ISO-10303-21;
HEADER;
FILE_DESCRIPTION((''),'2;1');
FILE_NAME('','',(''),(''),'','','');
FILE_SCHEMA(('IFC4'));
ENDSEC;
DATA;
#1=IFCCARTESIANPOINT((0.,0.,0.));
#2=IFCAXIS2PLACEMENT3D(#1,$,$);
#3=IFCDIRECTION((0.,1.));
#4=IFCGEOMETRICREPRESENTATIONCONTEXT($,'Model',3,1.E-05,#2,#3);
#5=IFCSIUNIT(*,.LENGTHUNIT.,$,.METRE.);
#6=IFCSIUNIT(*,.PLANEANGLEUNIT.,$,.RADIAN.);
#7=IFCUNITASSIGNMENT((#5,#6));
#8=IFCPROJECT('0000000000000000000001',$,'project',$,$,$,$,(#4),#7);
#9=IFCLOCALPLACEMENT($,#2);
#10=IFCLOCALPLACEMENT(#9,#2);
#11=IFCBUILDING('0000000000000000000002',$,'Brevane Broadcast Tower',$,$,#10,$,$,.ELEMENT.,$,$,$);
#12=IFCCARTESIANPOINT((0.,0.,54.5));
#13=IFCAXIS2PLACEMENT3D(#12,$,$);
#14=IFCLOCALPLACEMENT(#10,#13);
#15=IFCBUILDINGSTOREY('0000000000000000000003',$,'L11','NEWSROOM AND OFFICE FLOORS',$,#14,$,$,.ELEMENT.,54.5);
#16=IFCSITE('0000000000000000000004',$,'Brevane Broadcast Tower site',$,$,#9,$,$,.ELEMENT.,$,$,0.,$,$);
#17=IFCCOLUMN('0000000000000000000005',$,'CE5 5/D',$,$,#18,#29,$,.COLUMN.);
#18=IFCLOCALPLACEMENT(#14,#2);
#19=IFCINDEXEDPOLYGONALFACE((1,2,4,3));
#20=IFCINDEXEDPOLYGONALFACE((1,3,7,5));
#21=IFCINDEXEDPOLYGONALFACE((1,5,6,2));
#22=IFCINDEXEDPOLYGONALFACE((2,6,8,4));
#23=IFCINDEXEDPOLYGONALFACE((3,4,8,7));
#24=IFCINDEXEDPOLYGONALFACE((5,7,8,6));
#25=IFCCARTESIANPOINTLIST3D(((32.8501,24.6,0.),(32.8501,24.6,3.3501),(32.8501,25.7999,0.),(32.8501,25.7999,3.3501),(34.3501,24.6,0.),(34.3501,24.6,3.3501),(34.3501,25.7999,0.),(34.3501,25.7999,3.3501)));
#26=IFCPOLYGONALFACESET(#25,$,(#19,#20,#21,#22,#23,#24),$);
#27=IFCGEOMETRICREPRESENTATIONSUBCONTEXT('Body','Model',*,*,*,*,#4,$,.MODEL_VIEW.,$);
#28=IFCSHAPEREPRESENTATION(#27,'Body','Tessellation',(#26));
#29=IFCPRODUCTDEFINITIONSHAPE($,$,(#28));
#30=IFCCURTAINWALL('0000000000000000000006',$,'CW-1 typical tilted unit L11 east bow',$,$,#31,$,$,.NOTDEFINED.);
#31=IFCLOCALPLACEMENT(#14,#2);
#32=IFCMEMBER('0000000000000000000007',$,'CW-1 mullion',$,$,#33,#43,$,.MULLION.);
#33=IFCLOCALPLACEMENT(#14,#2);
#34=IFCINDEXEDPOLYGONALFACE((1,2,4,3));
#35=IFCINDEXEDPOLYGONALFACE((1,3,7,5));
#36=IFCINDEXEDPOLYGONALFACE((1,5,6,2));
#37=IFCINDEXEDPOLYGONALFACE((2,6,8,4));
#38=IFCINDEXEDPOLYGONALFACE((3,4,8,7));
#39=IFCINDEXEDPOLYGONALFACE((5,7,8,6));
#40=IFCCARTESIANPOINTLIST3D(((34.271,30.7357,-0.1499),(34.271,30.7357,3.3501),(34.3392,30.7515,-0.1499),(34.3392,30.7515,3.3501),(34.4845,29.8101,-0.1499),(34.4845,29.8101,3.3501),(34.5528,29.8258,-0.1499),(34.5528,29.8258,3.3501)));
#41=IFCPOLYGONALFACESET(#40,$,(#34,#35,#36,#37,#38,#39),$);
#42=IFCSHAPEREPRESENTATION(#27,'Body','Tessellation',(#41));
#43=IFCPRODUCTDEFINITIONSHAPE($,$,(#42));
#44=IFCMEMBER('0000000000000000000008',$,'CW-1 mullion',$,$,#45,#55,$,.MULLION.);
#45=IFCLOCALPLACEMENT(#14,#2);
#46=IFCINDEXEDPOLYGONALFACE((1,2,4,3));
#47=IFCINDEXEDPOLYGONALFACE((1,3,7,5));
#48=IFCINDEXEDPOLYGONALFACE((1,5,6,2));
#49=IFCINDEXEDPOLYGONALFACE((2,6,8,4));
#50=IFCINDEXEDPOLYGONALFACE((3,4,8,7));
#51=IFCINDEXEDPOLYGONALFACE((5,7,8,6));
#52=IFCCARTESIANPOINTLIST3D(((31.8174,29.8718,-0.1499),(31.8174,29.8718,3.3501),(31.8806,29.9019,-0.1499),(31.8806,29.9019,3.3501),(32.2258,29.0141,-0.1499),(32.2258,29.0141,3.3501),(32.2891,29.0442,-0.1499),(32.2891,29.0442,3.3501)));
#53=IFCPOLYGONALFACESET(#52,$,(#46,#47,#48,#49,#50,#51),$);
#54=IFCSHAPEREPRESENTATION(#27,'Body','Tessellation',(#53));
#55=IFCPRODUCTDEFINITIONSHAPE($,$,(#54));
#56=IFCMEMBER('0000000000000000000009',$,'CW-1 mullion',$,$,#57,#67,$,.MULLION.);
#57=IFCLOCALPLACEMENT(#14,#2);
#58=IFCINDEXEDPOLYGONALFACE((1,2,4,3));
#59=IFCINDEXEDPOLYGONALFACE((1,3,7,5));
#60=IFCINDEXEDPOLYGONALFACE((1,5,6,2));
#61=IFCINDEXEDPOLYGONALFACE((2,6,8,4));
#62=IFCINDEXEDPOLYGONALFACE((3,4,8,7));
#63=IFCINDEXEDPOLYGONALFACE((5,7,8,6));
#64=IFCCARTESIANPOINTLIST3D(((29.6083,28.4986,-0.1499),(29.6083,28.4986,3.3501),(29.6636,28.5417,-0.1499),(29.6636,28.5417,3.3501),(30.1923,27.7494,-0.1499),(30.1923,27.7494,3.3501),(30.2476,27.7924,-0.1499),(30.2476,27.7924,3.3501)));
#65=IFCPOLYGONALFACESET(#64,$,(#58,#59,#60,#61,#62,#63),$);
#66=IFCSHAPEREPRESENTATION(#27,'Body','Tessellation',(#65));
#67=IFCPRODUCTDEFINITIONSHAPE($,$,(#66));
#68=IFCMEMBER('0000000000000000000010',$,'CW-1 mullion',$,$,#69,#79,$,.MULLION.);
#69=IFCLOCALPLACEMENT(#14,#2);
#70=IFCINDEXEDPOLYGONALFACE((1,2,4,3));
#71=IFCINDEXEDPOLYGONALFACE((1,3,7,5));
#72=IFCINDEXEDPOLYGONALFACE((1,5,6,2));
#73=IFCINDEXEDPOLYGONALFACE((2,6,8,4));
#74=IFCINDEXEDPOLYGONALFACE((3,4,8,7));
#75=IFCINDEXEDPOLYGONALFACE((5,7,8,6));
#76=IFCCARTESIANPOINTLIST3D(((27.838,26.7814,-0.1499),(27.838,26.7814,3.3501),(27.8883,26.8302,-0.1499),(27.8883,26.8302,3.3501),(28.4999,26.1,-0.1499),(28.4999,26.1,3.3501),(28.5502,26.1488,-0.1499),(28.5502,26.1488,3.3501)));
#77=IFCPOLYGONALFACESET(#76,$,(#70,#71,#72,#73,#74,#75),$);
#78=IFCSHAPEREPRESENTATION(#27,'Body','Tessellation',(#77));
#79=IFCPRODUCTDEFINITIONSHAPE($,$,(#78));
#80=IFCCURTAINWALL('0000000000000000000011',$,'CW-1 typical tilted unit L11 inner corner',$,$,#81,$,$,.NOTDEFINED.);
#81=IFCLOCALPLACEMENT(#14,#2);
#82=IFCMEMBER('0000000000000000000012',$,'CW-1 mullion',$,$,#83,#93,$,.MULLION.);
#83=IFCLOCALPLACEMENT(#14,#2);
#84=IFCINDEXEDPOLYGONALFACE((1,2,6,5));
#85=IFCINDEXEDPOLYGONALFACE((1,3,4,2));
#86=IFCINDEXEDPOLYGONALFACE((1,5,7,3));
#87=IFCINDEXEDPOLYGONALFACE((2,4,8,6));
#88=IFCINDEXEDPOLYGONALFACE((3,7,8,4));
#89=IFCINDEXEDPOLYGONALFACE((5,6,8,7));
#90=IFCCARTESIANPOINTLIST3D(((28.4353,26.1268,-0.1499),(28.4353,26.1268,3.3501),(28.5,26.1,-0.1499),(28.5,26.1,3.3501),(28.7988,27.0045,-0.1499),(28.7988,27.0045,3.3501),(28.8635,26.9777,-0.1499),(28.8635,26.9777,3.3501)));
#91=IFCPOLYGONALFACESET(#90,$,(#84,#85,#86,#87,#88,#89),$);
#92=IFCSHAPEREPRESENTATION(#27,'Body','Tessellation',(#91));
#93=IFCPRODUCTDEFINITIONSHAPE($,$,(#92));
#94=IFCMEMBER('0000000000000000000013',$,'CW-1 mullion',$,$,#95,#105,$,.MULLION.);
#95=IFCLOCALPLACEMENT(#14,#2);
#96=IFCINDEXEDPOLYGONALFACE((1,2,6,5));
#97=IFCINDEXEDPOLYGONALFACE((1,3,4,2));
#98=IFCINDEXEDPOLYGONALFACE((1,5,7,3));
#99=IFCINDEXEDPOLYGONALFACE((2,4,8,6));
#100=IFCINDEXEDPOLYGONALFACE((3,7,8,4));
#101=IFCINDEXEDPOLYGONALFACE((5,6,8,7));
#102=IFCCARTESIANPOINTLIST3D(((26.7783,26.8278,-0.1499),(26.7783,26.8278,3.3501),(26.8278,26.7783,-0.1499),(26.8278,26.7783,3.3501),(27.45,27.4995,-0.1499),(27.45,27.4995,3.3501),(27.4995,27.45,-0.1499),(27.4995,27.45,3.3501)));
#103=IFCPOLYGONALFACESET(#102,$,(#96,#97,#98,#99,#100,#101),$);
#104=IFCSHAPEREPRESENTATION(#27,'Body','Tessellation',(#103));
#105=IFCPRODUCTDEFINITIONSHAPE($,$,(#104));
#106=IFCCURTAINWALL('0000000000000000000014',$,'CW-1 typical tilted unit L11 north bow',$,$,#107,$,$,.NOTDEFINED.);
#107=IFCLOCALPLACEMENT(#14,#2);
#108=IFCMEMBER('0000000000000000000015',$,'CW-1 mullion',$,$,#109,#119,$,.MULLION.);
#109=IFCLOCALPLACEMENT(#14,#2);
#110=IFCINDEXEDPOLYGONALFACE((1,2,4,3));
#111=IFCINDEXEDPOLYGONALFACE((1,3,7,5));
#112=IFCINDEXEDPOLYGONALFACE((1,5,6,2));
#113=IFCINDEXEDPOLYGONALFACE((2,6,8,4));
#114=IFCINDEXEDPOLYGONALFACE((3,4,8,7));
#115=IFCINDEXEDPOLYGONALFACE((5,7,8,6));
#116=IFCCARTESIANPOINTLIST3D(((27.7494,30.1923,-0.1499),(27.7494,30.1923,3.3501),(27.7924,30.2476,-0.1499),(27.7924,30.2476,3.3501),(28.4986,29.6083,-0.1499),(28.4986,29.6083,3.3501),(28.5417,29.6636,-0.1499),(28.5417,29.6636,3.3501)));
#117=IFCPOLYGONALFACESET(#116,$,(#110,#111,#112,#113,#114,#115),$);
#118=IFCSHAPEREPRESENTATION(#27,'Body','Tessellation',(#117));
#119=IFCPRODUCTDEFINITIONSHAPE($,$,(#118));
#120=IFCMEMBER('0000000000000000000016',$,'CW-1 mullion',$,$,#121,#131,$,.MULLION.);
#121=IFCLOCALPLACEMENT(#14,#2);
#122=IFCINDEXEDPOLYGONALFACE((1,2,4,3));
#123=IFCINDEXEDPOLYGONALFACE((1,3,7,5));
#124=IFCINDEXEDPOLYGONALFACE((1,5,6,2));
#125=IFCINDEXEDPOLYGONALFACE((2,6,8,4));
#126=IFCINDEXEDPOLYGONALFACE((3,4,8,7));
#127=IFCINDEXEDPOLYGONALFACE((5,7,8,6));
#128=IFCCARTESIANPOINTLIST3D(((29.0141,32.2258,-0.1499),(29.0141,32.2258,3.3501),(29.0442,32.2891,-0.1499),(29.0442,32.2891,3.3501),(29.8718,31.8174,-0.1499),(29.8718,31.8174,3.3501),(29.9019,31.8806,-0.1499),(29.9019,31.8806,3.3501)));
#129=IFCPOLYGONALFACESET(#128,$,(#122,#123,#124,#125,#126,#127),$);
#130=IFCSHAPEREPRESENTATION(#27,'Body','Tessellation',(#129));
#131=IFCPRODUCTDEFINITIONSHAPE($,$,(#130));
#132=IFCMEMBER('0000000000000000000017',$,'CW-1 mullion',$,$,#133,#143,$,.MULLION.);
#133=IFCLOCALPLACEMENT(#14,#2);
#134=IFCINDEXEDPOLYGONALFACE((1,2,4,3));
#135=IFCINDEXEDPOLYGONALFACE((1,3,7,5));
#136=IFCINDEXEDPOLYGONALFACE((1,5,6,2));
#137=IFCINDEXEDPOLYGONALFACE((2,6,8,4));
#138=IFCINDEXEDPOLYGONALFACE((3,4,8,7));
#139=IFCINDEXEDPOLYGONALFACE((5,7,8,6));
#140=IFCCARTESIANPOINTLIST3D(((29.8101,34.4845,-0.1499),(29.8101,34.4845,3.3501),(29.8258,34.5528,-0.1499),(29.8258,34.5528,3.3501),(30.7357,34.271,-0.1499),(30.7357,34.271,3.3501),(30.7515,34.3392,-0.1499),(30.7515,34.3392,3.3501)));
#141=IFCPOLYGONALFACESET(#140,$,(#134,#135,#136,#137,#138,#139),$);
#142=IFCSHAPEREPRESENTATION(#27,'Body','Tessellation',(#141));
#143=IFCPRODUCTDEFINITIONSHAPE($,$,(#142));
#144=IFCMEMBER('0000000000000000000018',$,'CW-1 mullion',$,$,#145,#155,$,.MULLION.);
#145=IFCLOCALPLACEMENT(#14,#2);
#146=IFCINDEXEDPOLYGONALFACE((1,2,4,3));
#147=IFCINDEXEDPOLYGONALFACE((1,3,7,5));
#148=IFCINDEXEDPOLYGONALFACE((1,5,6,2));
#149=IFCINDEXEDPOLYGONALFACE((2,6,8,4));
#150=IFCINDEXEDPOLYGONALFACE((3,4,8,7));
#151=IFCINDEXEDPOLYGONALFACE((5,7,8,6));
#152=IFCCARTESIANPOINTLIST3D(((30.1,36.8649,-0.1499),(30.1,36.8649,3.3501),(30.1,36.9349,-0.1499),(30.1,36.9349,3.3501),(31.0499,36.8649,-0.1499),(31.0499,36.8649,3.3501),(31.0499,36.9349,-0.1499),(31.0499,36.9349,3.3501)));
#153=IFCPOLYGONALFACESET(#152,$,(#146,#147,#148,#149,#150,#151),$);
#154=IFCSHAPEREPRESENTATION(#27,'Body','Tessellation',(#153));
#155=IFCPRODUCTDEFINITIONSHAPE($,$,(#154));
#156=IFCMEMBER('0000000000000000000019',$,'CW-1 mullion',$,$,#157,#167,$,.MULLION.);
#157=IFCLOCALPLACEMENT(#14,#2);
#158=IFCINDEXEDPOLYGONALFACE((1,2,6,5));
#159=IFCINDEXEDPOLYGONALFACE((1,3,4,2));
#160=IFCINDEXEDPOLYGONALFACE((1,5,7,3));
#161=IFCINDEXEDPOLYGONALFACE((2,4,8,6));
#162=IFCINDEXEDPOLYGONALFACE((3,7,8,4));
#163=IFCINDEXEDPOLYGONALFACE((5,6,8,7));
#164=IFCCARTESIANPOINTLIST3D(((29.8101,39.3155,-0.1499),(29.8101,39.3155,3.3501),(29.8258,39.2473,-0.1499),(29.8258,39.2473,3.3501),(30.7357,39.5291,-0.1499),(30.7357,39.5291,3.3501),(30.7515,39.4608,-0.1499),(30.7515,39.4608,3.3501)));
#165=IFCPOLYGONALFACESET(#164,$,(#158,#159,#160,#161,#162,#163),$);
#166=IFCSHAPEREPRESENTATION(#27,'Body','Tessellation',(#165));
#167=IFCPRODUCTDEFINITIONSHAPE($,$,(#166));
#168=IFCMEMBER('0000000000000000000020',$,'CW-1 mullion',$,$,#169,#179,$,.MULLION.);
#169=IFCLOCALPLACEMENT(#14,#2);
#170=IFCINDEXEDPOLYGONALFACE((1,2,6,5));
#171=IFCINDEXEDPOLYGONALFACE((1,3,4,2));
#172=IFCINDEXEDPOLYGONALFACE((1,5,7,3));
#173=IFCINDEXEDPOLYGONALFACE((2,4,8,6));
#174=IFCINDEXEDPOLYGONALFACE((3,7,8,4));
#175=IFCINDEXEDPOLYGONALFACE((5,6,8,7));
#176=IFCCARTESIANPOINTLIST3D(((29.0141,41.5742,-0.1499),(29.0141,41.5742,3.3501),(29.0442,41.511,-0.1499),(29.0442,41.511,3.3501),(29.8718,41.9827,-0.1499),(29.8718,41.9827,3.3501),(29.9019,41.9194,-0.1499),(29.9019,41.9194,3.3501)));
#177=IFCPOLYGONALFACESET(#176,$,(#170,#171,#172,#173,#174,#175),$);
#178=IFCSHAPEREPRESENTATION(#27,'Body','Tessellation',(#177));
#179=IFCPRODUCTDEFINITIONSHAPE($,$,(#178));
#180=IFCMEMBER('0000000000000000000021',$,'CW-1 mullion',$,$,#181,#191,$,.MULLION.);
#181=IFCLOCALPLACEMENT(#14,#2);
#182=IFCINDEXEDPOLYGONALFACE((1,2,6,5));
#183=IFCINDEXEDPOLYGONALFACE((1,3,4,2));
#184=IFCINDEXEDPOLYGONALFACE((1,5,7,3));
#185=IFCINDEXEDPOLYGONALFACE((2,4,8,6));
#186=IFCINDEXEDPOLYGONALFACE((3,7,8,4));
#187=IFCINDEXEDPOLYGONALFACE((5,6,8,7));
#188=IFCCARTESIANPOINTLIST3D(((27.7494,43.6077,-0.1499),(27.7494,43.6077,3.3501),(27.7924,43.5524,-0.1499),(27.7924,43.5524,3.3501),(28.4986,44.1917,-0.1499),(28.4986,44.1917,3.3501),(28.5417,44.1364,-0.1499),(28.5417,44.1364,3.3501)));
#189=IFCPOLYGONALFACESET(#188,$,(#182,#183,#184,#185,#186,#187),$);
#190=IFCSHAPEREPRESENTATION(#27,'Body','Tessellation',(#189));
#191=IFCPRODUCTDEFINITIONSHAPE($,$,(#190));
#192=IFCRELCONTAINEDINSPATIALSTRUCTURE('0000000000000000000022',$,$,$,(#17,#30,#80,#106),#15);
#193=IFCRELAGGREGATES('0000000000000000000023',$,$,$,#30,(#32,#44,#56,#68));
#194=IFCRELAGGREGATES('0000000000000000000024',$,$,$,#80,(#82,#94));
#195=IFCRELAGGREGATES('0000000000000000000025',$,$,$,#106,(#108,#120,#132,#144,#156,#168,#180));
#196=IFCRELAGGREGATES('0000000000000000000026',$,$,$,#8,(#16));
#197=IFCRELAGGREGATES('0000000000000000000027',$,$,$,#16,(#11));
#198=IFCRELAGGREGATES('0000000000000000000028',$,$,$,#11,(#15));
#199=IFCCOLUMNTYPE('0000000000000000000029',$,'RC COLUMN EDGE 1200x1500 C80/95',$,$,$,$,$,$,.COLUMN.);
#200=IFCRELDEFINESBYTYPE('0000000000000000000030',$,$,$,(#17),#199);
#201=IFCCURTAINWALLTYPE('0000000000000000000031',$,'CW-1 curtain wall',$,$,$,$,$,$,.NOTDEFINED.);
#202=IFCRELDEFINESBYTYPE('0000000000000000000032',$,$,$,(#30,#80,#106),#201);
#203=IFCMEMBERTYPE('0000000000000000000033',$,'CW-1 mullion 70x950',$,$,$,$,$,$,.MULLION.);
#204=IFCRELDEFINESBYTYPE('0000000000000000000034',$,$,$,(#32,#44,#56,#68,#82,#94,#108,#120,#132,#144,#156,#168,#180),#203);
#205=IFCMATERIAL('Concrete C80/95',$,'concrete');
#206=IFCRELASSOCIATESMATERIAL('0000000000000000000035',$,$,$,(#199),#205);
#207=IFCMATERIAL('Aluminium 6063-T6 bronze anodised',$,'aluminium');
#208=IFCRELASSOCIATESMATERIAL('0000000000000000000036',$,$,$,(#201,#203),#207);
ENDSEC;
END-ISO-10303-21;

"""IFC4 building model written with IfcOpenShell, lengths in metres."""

from ifc_helpers import new_model, si_unit, direction, frame, origin, origin_2d, place, context, subcontext, project, spatial, rectangle, extrude, material, material_profile, profile_set, type_object, element, aggregate, save


model = new_model("IFC4")

# Units and contexts
model_context = context("Model", 3, precision=1e-05, world=origin(), true_north=direction((0.0, 1.0)))
body_context = subcontext(model_context, "Body", "Model", "MODEL_VIEW")
ifc_project = project(units=[si_unit("LENGTHUNIT", "METRE"), si_unit("PLANEANGLEUNIT", "RADIAN")], contexts=[model_context])

# Site, building, storey
site_placement = place(None, origin())
site = spatial("IfcSite", under=ifc_project, at=site_placement, Name="Brevane Broadcast Tower site", CompositionType="ELEMENT", RefElevation=0.0)
building_placement = place(site_placement, origin())
building = spatial("IfcBuilding", under=site, at=building_placement, Name="Brevane Broadcast Tower", CompositionType="ELEMENT")
storey_placement = place(building_placement, frame((0.0, 0.0, 54.5)))
storey = spatial("IfcBuildingStorey", under=building, at=storey_placement, Name="L11", Description="NEWSROOM AND OFFICE FLOORS", CompositionType="ELEMENT", Elevation=54.5)

# Column
ifc_material_1 = material(Name="Concrete C80/95", Category="concrete")
ifc_material_profile_1 = material_profile(ifc_material_1, rectangle(XDim=1.2, YDim=1.5, at=origin_2d()), Name="RC 1200x1500")
ifc_profile_set_1 = profile_set([ifc_material_profile_1], Name="Concrete C80/95")
column_type = type_object("IfcColumnType", Name="RC COLUMN EDGE 1200x1500 C80/95", PredefinedType="COLUMN", material=ifc_profile_set_1)
column_placement = place(storey_placement, frame((33.6001, 25.2, 0.0), z_axis=(0.0, 0.0, 1.0), x_axis=(0.0, 1.0, 0.0)))
element("IfcColumn", 1, at=column_placement, inside=storey, type_object=column_type, Name="CE5 5/D", PredefinedType="COLUMN", context=body_context, shape_type="SweptSolid", body=[
    extrude(rectangle(XDim=1.2, YDim=1.5, at=origin_2d()), origin(), (0.0, 0.0, 1.0), 3.3501),
])

# Curtain walls, members
ifc_material_2 = material(Name="Aluminium 6063-T6 bronze anodised", Category="aluminium")
curtain_wall_type = type_object("IfcCurtainWallType", Name="CW-1 curtain wall", PredefinedType="NOTDEFINED", material=ifc_material_2)
curtain_wall_1_placement = place(storey_placement, origin())
curtain_wall_1 = element("IfcCurtainWall", 2, at=curtain_wall_1_placement, inside=storey, type_object=curtain_wall_type, Name="CW-1 typical tilted unit L11 east bow", PredefinedType="NOTDEFINED")
ifc_material_profile_2 = material_profile(ifc_material_2, rectangle(XDim=0.95, YDim=0.0701, at=origin_2d()), Name="RECT 70x950")
ifc_profile_set_2 = profile_set([ifc_material_profile_2], Name="Aluminium 6063-T6 bronze anodised")
member_type_1 = type_object("IfcMemberType", Name="CW-1 mullion 70x950", PredefinedType="MULLION", material=ifc_profile_set_2)
member_1_placement = place(storey_placement, frame((34.4119, 30.2808, -0.1499), z_axis=(0.0, 0.0, 1.0), x_axis=(0.224806, -0.974403, 0.0)))
member_1 = element("IfcMember", 3, at=member_1_placement, type_object=member_type_1, Name="CW-1 mullion", PredefinedType="MULLION", context=body_context, shape_type="SweptSolid", body=[
    extrude(rectangle(XDim=0.95, YDim=0.0701, at=origin_2d()), origin(), (0.0, 0.0, 1.0), 3.5),
])
member_2_placement = place(storey_placement, frame((32.0532, 29.458, -0.1499), z_axis=(0.0, 0.0, 1.0), x_axis=(0.429934, -0.902861, 0.0)))
member_2 = element("IfcMember", 4, at=member_2_placement, type_object=member_type_1, Name="CW-1 mullion", PredefinedType="MULLION", context=body_context, shape_type="SweptSolid", body=[
    extrude(rectangle(XDim=0.95, YDim=0.0701, at=origin_2d()), origin(), (0.0, 0.0, 1.0), 3.5),
])
member_3_placement = place(storey_placement, frame((29.928, 28.1455, -0.1499), z_axis=(0.0, 0.0, 1.0), x_axis=(0.61477, -0.788707, 0.0)))
member_3 = element("IfcMember", 5, at=member_3_placement, type_object=member_type_1, Name="CW-1 mullion", PredefinedType="MULLION", context=body_context, shape_type="SweptSolid", body=[
    extrude(rectangle(XDim=0.95, YDim=0.0701, at=origin_2d()), origin(), (0.0, 0.0, 1.0), 3.5),
])
member_4_placement = place(storey_placement, frame((28.1941, 26.4651, -0.1499), z_axis=(0.0, 0.0, 1.0), x_axis=(0.696812, -0.717254, 0.0)))
member_4 = element("IfcMember", 6, at=member_4_placement, type_object=member_type_1, Name="CW-1 mullion", PredefinedType="MULLION", context=body_context, shape_type="SweptSolid", body=[
    extrude(rectangle(XDim=0.95, YDim=0.0701, at=origin_2d()), origin(), (0.0, 0.0, 1.0), 3.5),
])
curtain_wall_2_placement = place(storey_placement, origin())
curtain_wall_2 = element("IfcCurtainWall", 7, at=curtain_wall_2_placement, inside=storey, type_object=curtain_wall_type, Name="CW-1 typical tilted unit L11 inner corner", PredefinedType="NOTDEFINED")
member_5_placement = place(storey_placement, frame((28.6494, 26.5522, -0.1499), z_axis=(0.0, 0.0, 1.0), x_axis=(-0.382684, -0.923879, 0.0)))
member_5 = element("IfcMember", 8, at=member_5_placement, type_object=member_type_1, Name="CW-1 mullion", PredefinedType="MULLION", context=body_context, shape_type="SweptSolid", body=[
    extrude(rectangle(XDim=0.95, YDim=0.0701, at=origin_2d()), origin(), (0.0, 0.0, 1.0), 3.5),
])
member_6_placement = place(storey_placement, frame((27.1389, 27.1389, -0.1499), z_axis=(0.0, 0.0, 1.0), x_axis=(-0.707107, -0.707107, 0.0)))
member_6 = element("IfcMember", 9, at=member_6_placement, type_object=member_type_1, Name="CW-1 mullion", PredefinedType="MULLION", context=body_context, shape_type="SweptSolid", body=[
    extrude(rectangle(XDim=0.95, YDim=0.0701, at=origin_2d()), origin(), (0.0, 0.0, 1.0), 3.5),
])
curtain_wall_3_placement = place(storey_placement, origin())
curtain_wall_3 = element("IfcCurtainWall", 10, at=curtain_wall_3_placement, inside=storey, type_object=curtain_wall_type, Name="CW-1 typical tilted unit L11 north bow", PredefinedType="NOTDEFINED")
member_7_placement = place(storey_placement, frame((28.1455, 29.928, -0.1499), z_axis=(0.0, 0.0, 1.0), x_axis=(-0.788707, 0.61477, 0.0)))
member_7 = element("IfcMember", 11, at=member_7_placement, type_object=member_type_1, Name="CW-1 mullion", PredefinedType="MULLION", context=body_context, shape_type="SweptSolid", body=[
    extrude(rectangle(XDim=0.95, YDim=0.0701, at=origin_2d()), origin(), (0.0, 0.0, 1.0), 3.5),
])
member_8_placement = place(storey_placement, frame((29.458, 32.0532, -0.1499), z_axis=(0.0, 0.0, 1.0), x_axis=(-0.902861, 0.429934, 0.0)))
member_8 = element("IfcMember", 12, at=member_8_placement, type_object=member_type_1, Name="CW-1 mullion", PredefinedType="MULLION", context=body_context, shape_type="SweptSolid", body=[
    extrude(rectangle(XDim=0.95, YDim=0.0701, at=origin_2d()), origin(), (0.0, 0.0, 1.0), 3.5),
])
member_9_placement = place(storey_placement, frame((30.2808, 34.4119, -0.1499), z_axis=(0.0, 0.0, 1.0), x_axis=(-0.974403, 0.224806, 0.0)))
member_9 = element("IfcMember", 13, at=member_9_placement, type_object=member_type_1, Name="CW-1 mullion", PredefinedType="MULLION", context=body_context, shape_type="SweptSolid", body=[
    extrude(rectangle(XDim=0.95, YDim=0.0701, at=origin_2d()), origin(), (0.0, 0.0, 1.0), 3.5),
])
member_10_placement = place(storey_placement, frame((30.575, 36.8999, -0.1499), z_axis=(0.0, 0.0, 1.0), x_axis=(-1.0, 0.0, 0.0)))
member_10 = element("IfcMember", 14, at=member_10_placement, type_object=member_type_1, Name="CW-1 mullion", PredefinedType="MULLION", context=body_context, shape_type="SweptSolid", body=[
    extrude(rectangle(XDim=0.95, YDim=0.0701, at=origin_2d()), origin(), (0.0, 0.0, 1.0), 3.5),
])
member_11_placement = place(storey_placement, frame((30.2808, 39.3882, -0.1499), z_axis=(0.0, 0.0, 1.0), x_axis=(-0.974403, -0.224806, 0.0)))
member_11 = element("IfcMember", 15, at=member_11_placement, type_object=member_type_1, Name="CW-1 mullion", PredefinedType="MULLION", context=body_context, shape_type="SweptSolid", body=[
    extrude(rectangle(XDim=0.95, YDim=0.0701, at=origin_2d()), origin(), (0.0, 0.0, 1.0), 3.5),
])
member_12_placement = place(storey_placement, frame((29.458, 41.7468, -0.1499), z_axis=(0.0, 0.0, 1.0), x_axis=(-0.902861, -0.429934, 0.0)))
member_12 = element("IfcMember", 16, at=member_12_placement, type_object=member_type_1, Name="CW-1 mullion", PredefinedType="MULLION", context=body_context, shape_type="SweptSolid", body=[
    extrude(rectangle(XDim=0.95, YDim=0.0701, at=origin_2d()), origin(), (0.0, 0.0, 1.0), 3.5),
])
member_13_placement = place(storey_placement, frame((28.1455, 43.8721, -0.1499), z_axis=(0.0, 0.0, 1.0), x_axis=(-0.788707, -0.61477, 0.0)))
member_13 = element("IfcMember", 17, at=member_13_placement, type_object=member_type_1, Name="CW-1 mullion", PredefinedType="MULLION", context=body_context, shape_type="SweptSolid", body=[
    extrude(rectangle(XDim=0.95, YDim=0.0701, at=origin_2d()), origin(), (0.0, 0.0, 1.0), 3.5),
])

aggregate(curtain_wall_1, [member_1, member_2, member_3, member_4])
aggregate(curtain_wall_2, [member_5, member_6])
aggregate(curtain_wall_3, [member_7, member_8, member_9, member_10, member_11, member_12, member_13])

save(model, "model.ifc")
